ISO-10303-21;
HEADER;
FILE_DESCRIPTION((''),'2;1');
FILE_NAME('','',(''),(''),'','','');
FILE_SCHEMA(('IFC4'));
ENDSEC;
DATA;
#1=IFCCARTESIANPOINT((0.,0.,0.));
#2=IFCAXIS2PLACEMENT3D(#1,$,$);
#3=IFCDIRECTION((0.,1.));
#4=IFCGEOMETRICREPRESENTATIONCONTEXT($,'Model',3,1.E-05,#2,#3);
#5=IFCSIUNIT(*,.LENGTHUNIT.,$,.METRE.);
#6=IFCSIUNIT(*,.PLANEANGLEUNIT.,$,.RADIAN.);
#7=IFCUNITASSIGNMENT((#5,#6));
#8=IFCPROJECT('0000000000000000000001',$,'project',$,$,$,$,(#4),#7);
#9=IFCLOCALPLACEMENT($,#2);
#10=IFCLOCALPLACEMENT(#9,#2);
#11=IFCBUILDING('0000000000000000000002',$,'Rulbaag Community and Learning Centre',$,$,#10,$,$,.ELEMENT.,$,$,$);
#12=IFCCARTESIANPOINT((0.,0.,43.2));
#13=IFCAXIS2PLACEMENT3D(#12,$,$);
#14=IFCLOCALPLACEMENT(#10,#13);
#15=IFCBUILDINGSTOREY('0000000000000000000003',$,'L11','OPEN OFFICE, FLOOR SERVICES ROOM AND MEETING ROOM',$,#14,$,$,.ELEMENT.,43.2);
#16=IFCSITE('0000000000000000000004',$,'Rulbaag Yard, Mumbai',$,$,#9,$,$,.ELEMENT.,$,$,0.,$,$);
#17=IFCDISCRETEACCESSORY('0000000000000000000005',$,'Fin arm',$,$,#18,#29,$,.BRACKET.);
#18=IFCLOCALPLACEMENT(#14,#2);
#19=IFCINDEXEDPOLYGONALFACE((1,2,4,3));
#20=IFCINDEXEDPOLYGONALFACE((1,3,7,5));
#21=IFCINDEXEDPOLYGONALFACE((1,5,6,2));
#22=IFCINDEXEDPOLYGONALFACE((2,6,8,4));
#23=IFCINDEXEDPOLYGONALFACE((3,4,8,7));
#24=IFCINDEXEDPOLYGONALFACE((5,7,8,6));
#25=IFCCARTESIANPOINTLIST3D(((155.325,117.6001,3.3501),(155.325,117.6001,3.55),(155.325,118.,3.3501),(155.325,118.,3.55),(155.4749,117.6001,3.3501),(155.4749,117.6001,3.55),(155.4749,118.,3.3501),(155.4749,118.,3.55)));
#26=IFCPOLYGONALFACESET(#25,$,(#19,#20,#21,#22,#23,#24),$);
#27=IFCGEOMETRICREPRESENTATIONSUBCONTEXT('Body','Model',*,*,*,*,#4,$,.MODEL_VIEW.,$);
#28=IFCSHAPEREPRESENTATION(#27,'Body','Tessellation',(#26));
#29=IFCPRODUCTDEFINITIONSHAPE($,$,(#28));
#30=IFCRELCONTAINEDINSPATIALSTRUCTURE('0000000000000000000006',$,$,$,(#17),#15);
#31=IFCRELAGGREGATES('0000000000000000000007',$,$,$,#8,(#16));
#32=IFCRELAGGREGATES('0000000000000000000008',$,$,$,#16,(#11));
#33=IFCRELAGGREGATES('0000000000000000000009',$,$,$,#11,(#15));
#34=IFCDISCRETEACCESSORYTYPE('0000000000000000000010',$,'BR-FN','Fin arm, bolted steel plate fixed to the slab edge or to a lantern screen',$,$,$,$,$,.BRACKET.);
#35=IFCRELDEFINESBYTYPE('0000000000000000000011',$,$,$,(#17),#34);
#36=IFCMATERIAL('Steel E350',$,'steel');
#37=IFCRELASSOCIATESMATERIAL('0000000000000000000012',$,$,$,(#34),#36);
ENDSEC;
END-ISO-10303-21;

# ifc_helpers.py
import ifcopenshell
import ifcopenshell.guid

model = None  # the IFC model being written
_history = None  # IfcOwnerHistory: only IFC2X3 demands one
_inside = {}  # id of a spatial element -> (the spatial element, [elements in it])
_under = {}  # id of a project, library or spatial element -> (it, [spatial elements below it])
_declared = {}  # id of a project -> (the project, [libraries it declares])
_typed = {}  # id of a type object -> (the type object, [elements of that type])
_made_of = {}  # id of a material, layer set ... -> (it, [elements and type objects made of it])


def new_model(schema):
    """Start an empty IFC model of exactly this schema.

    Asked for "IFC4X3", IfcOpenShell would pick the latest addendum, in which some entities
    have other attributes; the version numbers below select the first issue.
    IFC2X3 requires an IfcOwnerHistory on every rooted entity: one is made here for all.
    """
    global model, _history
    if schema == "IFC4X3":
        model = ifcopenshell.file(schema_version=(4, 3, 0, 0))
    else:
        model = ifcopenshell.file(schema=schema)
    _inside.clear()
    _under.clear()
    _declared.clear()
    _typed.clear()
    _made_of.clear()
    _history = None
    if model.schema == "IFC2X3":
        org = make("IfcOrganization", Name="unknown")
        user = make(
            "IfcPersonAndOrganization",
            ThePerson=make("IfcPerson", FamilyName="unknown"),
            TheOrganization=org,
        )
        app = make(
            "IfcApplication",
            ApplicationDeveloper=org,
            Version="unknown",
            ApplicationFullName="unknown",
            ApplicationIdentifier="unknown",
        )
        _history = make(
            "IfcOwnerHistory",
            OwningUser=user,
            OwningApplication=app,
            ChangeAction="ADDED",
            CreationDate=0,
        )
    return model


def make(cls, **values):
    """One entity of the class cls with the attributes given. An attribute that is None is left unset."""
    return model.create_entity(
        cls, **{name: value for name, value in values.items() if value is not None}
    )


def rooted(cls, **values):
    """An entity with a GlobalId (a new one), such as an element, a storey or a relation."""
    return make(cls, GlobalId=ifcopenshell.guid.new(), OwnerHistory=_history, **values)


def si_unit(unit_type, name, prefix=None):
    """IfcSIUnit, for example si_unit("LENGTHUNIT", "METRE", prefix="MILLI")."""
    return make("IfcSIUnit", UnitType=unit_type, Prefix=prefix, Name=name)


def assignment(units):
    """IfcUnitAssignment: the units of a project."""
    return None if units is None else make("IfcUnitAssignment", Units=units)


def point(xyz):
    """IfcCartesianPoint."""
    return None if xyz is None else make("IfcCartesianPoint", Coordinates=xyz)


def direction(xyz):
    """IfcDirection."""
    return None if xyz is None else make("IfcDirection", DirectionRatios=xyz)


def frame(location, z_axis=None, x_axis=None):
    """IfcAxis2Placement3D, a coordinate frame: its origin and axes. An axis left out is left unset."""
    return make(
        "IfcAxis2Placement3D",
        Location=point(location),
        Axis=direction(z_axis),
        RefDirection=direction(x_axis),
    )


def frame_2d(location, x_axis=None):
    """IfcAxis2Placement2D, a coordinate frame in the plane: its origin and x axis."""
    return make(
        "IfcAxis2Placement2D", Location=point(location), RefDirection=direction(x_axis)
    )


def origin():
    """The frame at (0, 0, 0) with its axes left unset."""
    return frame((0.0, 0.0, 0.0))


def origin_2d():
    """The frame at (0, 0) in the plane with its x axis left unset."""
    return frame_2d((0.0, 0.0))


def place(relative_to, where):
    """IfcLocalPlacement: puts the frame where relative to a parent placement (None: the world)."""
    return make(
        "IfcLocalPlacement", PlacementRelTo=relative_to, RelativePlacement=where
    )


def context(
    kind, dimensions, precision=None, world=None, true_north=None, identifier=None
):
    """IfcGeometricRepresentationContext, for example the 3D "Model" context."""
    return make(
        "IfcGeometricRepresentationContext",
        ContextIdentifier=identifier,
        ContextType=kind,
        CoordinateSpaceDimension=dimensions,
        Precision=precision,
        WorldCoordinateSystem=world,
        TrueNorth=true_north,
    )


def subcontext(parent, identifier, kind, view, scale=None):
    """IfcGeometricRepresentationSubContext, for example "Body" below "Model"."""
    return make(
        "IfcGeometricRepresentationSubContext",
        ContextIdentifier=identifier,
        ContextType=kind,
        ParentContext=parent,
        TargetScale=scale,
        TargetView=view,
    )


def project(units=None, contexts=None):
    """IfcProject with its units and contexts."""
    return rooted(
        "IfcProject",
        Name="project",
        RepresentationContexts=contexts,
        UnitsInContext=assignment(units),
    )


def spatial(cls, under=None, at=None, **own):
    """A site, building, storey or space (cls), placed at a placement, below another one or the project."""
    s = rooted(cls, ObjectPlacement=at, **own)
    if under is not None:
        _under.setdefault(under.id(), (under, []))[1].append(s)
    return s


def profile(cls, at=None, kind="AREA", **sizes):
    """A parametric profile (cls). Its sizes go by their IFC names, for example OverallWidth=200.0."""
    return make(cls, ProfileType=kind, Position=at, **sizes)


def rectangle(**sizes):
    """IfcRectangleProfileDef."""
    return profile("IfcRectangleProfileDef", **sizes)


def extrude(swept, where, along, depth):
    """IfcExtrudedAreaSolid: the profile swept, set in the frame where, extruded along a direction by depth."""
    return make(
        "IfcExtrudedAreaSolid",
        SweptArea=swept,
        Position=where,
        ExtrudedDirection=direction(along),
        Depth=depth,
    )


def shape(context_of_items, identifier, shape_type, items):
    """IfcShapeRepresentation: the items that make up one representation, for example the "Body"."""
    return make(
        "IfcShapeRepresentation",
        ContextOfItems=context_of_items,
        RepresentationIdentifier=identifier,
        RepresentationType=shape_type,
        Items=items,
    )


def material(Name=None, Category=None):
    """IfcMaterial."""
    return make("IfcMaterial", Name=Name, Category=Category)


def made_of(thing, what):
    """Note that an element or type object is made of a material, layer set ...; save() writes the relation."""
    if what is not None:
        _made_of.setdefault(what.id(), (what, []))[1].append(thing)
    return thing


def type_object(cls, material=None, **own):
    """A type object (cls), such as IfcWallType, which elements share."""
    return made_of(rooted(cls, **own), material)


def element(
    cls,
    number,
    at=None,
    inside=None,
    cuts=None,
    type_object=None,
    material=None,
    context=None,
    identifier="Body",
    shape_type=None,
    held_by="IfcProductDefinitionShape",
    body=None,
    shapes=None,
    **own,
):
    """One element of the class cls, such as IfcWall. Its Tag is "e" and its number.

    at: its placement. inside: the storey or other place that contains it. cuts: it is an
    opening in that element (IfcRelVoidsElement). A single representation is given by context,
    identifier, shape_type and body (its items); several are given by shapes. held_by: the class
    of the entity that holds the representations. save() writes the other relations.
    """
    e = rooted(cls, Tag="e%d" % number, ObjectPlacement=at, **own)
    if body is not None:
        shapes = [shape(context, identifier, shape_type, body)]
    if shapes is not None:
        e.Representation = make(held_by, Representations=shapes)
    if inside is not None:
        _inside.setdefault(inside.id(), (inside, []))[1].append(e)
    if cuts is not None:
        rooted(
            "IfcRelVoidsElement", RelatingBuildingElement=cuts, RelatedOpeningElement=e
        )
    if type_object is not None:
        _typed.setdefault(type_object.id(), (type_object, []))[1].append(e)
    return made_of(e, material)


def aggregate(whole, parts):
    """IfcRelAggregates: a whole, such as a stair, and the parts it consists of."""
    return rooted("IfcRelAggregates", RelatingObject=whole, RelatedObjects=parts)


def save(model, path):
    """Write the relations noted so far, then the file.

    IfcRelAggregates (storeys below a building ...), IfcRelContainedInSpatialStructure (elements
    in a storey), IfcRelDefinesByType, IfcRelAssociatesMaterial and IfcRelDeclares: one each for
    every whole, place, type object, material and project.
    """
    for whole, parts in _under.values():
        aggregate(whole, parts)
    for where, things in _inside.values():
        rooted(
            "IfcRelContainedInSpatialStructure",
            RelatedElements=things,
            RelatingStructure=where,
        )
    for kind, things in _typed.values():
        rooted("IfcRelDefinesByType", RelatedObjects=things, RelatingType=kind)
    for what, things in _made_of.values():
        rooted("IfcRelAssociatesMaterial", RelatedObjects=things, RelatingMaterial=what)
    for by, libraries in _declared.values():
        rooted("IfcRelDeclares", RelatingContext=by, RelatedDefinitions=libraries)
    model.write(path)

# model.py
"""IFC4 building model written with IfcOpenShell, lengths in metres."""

from ifc_helpers import new_model, si_unit, direction, frame, origin, origin_2d, place, context, subcontext, project, spatial, rectangle, extrude, material, type_object, element, save


model = new_model("IFC4")

# Units and contexts
model_context = context("Model", 3, precision=1e-05, world=origin(), true_north=direction((0.0, 1.0)))
body_context = subcontext(model_context, "Body", "Model", "MODEL_VIEW")
ifc_project = project(units=[si_unit("LENGTHUNIT", "METRE"), si_unit("PLANEANGLEUNIT", "RADIAN")], contexts=[model_context])

# Site, building, storey
site_placement = place(None, origin())
site = spatial("IfcSite", under=ifc_project, at=site_placement, Name="Rulbaag Yard, Mumbai", CompositionType="ELEMENT", RefElevation=0.0)
building_placement = place(site_placement, origin())
building = spatial("IfcBuilding", under=site, at=building_placement, Name="Rulbaag Community and Learning Centre", CompositionType="ELEMENT")
storey_placement = place(building_placement, frame((0.0, 0.0, 43.2)))
storey = spatial("IfcBuildingStorey", under=building, at=storey_placement, Name="L11", Description="OPEN OFFICE, FLOOR SERVICES ROOM AND MEETING ROOM", CompositionType="ELEMENT", Elevation=43.2)

# Discrete accessory
ifc_material_1 = material(Name="Steel E350", Category="steel")
discrete_accessory_type = type_object("IfcDiscreteAccessoryType", Name="BR-FN", Description="Fin arm, bolted steel plate fixed to the slab edge or to a lantern screen", PredefinedType="BRACKET", material=ifc_material_1)
for number, where, z_axis, x_axis, name in (
    (1, (155.3999, 117.8, 3.3501), (0.0, 0.0, 1.0), (1.0, 0.0, 0.0), "Fin arm"),
):
    element("IfcDiscreteAccessory", number, at=place(storey_placement, frame(where, z_axis=z_axis, x_axis=x_axis)), inside=storey, type_object=discrete_accessory_type, Name=name, PredefinedType="BRACKET", context=body_context, shape_type="SweptSolid", body=[
        extrude(rectangle(XDim=0.1499, YDim=0.3999, at=origin_2d()), origin(), (0.0, 0.0, 1.0), 0.2),
    ])

save(model, "model.ifc")
